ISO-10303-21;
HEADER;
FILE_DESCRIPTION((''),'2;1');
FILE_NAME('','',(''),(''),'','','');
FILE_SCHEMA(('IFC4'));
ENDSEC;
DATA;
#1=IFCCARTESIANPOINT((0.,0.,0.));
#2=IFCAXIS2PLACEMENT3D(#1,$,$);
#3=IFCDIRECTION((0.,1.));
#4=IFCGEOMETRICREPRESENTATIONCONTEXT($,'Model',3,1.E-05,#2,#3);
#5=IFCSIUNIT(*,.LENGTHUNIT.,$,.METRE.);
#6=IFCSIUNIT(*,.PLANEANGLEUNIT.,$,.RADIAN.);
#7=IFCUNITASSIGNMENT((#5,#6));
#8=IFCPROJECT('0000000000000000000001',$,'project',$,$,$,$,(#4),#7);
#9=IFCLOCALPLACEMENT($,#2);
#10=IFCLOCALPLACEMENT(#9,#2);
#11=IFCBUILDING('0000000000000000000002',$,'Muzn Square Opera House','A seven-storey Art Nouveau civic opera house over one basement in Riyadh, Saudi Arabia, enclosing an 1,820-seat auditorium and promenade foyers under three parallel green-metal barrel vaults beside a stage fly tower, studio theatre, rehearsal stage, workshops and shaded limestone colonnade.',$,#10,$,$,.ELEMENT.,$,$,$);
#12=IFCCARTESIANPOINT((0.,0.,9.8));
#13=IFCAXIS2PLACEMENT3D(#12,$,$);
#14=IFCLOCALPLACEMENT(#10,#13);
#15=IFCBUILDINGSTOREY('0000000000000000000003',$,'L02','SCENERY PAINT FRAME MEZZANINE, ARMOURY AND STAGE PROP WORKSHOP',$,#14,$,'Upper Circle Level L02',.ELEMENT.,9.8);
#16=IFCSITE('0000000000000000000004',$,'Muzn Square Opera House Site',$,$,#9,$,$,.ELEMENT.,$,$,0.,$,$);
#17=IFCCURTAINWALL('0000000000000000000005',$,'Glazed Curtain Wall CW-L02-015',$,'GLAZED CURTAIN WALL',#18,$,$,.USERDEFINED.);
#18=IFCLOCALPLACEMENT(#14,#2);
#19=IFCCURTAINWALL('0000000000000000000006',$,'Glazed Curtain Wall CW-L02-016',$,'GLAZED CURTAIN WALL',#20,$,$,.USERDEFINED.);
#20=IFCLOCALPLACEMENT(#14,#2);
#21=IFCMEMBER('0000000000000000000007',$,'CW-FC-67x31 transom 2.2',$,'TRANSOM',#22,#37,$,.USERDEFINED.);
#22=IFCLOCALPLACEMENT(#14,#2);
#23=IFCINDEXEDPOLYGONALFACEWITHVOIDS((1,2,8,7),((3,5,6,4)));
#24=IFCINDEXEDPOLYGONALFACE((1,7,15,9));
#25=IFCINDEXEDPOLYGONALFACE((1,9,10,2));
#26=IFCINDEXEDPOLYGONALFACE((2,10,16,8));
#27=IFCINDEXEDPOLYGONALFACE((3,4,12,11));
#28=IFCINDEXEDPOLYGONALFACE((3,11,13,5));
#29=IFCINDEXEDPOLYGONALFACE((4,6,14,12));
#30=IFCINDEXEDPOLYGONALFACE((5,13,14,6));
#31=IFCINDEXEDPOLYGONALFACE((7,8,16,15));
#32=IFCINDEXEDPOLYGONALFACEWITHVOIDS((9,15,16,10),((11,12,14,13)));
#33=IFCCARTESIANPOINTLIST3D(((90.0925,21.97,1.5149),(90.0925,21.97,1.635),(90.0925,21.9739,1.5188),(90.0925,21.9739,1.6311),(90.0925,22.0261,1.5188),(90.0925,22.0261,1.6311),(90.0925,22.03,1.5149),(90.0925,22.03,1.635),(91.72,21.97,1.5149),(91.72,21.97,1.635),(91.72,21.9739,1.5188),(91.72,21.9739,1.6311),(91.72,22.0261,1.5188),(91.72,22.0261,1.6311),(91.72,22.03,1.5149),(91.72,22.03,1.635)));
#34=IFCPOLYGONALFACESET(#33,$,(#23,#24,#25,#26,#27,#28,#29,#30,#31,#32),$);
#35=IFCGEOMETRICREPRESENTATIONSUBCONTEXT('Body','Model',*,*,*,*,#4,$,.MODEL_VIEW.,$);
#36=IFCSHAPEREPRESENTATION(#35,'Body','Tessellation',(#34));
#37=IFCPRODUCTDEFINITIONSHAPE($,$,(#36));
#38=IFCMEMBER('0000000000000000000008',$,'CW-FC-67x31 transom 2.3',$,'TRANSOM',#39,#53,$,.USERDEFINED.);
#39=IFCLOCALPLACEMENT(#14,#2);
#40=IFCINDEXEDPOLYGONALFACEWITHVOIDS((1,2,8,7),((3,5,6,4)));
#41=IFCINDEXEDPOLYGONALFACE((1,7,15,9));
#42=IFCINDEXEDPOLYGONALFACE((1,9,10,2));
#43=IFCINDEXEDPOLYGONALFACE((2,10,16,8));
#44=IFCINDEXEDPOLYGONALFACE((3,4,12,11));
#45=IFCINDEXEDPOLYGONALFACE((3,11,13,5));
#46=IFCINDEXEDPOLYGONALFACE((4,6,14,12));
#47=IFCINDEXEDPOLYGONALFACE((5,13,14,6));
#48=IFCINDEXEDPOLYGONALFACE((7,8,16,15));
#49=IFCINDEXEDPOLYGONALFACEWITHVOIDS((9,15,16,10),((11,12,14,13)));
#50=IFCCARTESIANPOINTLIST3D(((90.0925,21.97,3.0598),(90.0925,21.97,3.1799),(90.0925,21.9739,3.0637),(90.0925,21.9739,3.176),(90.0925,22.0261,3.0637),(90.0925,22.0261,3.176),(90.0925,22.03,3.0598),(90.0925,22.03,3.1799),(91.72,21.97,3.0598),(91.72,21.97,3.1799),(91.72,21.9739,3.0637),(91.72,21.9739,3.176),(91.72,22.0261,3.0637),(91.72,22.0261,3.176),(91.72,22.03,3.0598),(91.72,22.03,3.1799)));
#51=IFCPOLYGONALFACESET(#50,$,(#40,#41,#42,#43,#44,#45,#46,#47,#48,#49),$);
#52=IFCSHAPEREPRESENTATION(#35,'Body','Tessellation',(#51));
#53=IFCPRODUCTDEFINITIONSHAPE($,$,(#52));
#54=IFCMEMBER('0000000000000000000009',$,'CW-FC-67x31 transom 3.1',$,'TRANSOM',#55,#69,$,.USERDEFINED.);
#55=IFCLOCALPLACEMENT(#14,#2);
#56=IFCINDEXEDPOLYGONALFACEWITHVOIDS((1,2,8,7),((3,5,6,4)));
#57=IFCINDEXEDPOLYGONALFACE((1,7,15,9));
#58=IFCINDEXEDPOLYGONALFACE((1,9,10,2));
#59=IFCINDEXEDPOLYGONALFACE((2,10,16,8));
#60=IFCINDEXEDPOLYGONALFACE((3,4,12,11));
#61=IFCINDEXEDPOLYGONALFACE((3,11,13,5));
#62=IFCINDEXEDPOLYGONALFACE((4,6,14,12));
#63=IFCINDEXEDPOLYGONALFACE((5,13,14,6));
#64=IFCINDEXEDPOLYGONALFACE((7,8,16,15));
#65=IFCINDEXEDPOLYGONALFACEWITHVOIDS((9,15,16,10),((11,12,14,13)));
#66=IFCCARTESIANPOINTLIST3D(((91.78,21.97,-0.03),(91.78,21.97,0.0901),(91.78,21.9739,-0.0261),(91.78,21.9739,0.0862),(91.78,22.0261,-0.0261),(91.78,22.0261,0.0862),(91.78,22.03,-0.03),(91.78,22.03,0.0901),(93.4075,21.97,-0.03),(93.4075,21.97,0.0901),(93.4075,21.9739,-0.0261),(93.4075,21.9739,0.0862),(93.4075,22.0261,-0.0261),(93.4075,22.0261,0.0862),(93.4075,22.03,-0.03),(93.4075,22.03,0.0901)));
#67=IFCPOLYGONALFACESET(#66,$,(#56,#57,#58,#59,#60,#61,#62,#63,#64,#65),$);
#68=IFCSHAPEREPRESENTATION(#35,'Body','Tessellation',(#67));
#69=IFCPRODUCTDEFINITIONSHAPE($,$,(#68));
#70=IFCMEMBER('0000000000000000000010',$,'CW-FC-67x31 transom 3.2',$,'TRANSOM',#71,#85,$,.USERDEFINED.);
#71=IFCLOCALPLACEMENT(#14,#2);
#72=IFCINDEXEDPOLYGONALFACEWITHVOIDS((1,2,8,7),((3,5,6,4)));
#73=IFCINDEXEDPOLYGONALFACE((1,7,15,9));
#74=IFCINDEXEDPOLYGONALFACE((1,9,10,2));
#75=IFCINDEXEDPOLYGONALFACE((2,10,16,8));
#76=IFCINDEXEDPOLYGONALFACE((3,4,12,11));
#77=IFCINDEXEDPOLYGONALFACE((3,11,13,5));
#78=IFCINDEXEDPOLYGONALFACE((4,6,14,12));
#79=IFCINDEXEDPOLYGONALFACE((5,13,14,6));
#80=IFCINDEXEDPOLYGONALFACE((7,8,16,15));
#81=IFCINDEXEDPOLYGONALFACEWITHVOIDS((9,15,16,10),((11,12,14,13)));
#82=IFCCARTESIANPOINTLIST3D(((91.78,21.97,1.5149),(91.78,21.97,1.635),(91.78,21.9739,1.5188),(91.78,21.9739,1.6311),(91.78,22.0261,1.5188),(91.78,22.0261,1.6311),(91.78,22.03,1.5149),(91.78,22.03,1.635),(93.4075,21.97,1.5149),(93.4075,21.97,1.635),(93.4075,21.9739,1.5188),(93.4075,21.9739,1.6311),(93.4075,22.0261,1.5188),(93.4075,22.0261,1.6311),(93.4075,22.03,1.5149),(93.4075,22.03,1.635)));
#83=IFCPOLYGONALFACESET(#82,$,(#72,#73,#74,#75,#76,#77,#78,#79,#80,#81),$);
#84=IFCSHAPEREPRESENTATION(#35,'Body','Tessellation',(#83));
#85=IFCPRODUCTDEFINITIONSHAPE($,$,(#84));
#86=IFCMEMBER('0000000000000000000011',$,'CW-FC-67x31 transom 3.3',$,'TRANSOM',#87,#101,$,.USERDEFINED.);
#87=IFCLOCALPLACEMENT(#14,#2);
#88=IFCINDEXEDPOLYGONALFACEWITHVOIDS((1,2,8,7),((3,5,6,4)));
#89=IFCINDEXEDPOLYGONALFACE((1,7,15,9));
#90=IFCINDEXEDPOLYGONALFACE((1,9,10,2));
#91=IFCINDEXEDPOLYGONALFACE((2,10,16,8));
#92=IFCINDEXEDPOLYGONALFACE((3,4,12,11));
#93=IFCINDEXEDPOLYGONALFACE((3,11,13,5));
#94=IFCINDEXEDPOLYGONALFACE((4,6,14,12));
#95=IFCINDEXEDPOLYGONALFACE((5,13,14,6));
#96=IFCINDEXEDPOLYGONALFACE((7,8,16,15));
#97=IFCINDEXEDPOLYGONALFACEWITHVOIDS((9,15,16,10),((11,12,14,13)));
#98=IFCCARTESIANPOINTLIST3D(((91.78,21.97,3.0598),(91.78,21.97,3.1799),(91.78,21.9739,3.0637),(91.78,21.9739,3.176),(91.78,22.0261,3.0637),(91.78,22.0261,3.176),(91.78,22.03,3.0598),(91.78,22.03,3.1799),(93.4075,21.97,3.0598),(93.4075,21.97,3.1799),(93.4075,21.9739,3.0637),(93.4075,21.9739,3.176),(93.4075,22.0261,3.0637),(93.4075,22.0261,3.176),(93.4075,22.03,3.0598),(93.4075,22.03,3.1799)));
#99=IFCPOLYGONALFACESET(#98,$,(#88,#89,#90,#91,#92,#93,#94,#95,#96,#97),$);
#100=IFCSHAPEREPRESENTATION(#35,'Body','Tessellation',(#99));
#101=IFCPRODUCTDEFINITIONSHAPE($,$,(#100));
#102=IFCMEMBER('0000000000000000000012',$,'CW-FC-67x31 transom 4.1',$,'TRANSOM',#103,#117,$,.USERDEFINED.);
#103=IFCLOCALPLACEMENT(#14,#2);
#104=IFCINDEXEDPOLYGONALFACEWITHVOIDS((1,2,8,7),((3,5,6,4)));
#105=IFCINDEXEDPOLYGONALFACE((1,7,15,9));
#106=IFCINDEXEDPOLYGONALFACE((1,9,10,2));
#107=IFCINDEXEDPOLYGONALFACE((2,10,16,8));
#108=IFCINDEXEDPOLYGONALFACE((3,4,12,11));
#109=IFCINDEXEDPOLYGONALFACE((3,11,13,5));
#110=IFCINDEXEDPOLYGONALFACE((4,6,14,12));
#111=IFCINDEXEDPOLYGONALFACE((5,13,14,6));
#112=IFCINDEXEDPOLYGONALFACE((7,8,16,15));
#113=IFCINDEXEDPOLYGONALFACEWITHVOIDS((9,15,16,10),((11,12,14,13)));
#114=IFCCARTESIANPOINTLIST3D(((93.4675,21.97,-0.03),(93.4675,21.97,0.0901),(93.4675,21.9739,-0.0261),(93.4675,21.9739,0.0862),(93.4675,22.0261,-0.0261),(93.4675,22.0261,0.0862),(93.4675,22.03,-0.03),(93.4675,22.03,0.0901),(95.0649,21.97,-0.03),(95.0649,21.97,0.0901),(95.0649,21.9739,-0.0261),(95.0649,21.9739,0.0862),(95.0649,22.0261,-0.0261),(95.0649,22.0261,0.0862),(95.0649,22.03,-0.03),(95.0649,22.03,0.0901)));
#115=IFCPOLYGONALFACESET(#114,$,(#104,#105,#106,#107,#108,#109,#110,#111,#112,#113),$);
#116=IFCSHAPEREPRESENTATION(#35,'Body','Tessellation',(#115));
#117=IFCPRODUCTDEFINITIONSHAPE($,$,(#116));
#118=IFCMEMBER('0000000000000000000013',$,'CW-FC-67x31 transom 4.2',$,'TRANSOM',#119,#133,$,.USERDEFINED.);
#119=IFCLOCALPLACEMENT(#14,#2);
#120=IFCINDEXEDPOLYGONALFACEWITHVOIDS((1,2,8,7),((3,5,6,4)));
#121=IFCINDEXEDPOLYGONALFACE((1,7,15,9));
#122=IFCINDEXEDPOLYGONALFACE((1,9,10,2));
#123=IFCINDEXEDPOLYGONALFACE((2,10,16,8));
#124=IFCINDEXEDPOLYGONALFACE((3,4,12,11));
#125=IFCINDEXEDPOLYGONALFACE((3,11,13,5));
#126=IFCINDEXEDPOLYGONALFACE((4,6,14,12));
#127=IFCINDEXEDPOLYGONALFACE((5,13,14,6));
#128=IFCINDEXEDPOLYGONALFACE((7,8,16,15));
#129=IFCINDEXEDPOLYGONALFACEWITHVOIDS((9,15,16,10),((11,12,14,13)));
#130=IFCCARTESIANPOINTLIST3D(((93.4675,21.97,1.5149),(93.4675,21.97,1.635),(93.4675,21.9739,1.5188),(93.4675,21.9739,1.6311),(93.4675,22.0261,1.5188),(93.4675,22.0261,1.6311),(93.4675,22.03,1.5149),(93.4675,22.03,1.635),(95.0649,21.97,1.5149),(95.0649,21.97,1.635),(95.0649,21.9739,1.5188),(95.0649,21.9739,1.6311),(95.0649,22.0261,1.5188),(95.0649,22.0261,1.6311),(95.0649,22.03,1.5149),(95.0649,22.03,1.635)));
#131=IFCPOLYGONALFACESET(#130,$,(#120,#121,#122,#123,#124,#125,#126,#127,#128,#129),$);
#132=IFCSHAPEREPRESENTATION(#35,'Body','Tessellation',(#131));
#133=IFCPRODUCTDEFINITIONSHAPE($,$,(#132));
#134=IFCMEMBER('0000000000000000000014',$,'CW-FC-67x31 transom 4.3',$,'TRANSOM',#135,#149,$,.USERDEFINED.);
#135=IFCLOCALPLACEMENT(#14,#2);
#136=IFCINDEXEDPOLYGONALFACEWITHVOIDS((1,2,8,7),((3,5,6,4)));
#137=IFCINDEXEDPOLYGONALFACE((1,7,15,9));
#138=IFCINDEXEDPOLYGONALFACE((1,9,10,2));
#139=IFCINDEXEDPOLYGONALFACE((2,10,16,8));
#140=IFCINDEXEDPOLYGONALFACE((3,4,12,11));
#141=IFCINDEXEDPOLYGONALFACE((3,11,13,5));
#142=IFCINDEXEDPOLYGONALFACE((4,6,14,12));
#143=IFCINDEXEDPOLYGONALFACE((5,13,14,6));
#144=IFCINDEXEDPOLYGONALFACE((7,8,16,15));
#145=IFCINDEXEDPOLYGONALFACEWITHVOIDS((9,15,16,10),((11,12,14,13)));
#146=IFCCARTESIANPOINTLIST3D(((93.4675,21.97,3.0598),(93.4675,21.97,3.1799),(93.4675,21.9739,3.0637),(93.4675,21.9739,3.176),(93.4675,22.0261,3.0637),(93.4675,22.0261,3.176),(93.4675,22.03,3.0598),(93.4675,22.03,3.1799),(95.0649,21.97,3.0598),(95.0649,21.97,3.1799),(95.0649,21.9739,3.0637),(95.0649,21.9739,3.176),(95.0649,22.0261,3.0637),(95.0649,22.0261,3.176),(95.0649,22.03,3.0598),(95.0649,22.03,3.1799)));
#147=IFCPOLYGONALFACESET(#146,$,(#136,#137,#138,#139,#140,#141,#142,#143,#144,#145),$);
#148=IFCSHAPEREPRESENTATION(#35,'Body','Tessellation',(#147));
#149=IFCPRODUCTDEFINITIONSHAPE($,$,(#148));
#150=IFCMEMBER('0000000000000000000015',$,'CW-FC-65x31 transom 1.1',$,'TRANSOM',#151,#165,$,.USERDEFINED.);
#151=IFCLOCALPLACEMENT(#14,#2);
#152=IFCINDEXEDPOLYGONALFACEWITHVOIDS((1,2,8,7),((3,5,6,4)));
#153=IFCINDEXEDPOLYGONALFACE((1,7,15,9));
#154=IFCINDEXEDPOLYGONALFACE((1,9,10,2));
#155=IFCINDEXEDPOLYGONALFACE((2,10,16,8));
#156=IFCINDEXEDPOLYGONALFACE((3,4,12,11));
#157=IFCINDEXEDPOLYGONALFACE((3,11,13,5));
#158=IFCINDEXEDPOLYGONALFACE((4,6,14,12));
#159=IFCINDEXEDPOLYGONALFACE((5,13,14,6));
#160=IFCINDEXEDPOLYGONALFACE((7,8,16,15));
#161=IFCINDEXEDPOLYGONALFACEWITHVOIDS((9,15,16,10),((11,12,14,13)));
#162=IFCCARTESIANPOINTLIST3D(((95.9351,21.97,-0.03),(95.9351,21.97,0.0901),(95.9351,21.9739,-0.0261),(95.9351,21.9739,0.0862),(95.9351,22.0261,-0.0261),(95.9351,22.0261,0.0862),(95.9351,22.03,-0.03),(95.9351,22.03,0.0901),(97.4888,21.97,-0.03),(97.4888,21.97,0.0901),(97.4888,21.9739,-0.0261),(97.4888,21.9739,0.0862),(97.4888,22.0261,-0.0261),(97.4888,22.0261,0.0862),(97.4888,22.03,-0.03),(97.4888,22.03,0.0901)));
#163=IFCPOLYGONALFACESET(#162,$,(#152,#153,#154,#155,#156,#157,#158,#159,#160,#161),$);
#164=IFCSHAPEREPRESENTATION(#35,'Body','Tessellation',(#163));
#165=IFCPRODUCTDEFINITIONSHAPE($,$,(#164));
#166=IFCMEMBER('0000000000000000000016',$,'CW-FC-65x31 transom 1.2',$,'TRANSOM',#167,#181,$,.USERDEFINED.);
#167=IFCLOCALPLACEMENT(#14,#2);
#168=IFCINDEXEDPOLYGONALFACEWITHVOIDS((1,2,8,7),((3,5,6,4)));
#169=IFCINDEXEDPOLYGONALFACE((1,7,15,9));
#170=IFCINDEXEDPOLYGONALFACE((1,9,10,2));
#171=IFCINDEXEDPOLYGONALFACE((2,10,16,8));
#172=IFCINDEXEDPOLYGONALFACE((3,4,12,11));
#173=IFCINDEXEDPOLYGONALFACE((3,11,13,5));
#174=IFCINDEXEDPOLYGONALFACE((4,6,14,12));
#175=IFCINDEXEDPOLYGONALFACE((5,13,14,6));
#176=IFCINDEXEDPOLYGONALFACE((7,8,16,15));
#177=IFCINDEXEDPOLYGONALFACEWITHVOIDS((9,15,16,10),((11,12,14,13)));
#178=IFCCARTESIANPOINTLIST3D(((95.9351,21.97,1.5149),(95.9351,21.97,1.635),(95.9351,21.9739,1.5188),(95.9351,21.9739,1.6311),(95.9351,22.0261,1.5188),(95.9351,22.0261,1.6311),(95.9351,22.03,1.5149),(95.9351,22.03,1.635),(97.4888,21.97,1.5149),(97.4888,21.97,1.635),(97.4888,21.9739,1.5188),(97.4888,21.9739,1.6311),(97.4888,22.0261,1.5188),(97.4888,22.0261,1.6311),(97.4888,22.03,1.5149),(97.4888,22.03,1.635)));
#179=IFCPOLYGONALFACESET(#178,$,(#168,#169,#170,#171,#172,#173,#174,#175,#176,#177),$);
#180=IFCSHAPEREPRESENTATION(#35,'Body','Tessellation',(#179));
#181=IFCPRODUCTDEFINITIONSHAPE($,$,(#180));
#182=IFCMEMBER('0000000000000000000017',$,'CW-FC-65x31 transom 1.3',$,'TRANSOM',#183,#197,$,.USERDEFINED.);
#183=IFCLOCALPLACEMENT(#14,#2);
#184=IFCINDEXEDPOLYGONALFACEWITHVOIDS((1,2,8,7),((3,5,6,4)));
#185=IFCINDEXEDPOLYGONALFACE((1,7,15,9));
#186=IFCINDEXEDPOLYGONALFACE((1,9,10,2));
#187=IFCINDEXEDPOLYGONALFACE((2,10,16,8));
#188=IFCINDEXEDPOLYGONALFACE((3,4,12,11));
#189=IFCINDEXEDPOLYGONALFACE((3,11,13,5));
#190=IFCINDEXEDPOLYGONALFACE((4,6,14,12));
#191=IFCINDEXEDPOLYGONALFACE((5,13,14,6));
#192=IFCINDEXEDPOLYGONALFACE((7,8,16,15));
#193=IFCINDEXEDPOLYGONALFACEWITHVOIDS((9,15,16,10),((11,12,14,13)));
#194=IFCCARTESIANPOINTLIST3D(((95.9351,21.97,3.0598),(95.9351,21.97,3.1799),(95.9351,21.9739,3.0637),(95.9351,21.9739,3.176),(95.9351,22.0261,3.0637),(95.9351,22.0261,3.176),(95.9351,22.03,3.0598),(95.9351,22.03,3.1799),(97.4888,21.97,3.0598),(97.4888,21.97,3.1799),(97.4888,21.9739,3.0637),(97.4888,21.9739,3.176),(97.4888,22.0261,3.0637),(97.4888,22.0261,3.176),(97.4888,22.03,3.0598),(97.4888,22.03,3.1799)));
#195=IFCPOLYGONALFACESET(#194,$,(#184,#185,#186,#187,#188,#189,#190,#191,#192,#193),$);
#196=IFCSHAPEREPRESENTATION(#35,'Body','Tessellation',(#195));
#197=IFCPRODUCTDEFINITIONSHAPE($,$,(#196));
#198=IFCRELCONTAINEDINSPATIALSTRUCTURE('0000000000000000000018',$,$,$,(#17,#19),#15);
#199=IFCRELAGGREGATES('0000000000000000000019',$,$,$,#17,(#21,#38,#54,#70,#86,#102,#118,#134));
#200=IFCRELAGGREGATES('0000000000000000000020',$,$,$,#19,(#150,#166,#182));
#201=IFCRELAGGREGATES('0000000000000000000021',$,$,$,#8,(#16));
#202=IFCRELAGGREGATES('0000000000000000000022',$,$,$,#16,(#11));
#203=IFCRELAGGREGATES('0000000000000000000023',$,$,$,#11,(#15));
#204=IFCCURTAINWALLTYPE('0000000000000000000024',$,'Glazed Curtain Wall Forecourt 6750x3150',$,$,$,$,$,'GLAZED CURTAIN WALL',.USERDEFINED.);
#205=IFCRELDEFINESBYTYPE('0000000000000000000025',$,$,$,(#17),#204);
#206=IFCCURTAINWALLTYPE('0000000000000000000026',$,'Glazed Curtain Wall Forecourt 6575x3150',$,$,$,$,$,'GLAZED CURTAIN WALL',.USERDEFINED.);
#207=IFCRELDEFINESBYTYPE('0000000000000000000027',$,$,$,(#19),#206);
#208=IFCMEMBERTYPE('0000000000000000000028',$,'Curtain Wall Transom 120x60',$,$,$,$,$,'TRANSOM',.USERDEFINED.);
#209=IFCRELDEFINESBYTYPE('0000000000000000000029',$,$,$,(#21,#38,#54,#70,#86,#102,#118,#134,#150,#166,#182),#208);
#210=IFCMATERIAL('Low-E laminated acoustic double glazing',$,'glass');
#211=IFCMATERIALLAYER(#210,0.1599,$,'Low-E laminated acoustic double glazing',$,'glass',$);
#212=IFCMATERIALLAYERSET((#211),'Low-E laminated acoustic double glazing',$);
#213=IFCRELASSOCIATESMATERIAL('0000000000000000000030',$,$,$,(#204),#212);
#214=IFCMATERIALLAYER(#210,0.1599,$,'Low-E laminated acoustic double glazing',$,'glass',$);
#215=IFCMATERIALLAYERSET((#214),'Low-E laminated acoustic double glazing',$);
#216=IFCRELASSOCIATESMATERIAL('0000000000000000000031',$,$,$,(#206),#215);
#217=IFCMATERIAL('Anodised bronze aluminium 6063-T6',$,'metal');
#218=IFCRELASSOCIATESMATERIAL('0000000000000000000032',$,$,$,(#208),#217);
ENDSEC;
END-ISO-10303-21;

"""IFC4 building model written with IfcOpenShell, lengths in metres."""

from ifc_helpers import new_model, si_unit, direction, frame, origin, origin_2d, place, context, subcontext, project, spatial, hollow_rectangle, extrude, material, layer, layer_set, material_profile, profile_set, type_object, element, aggregate, save


model = new_model("IFC4")

# Units and contexts
model_context = context("Model", 3, precision=1e-05, world=origin(), true_north=direction((0.0, 1.0)))
body_context = subcontext(model_context, "Body", "Model", "MODEL_VIEW")
ifc_project = project(units=[si_unit("LENGTHUNIT", "METRE"), si_unit("PLANEANGLEUNIT", "RADIAN")], contexts=[model_context])

# Site, building, storey
site_placement = place(None, origin())
site = spatial("IfcSite", under=ifc_project, at=site_placement, Name="Muzn Square Opera House Site", CompositionType="ELEMENT", RefElevation=0.0)
building_placement = place(site_placement, origin())
building = spatial("IfcBuilding", under=site, at=building_placement, Name="Muzn Square Opera House", Description="A seven-storey Art Nouveau civic opera house over one basement in Riyadh, Saudi Arabia, enclosing an 1,820-seat auditorium and promenade foyers under three parallel green-metal barrel vaults beside a stage fly tower, studio theatre, rehearsal stage, workshops and shaded limestone colonnade.", CompositionType="ELEMENT")
storey_placement = place(building_placement, frame((0.0, 0.0, 9.8)))
storey = spatial("IfcBuildingStorey", under=building, at=storey_placement, Name="L02", Description="SCENERY PAINT FRAME MEZZANINE, ARMOURY AND STAGE PROP WORKSHOP", LongName="Upper Circle Level L02", CompositionType="ELEMENT", Elevation=9.8)

# Curtain walls
ifc_material_1 = material(Name="Low-E laminated acoustic double glazing", Category="glass")
ifc_layer_1 = layer(ifc_material_1, 0.1599, Name="Low-E laminated acoustic double glazing", Category="glass")
ifc_layer_set_1 = layer_set([ifc_layer_1], Name="Low-E laminated acoustic double glazing")
curtain_wall_type_1 = type_object("IfcCurtainWallType", Name="Glazed Curtain Wall Forecourt 6750x3150", ElementType="GLAZED CURTAIN WALL", PredefinedType="USERDEFINED", material=ifc_layer_set_1)
curtain_wall_1_placement = place(storey_placement, origin())
curtain_wall_1 = element("IfcCurtainWall", 1, at=curtain_wall_1_placement, inside=storey, type_object=curtain_wall_type_1, Name="Glazed Curtain Wall CW-L02-015", ObjectType="GLAZED CURTAIN WALL", PredefinedType="USERDEFINED")
ifc_material_2 = material(Name="Anodised bronze aluminium 6063-T6", Category="metal")
ifc_layer_2 = layer(ifc_material_1, 0.1599, Name="Low-E laminated acoustic double glazing", Category="glass")
ifc_layer_set_2 = layer_set([ifc_layer_2], Name="Low-E laminated acoustic double glazing")
curtain_wall_type_2 = type_object("IfcCurtainWallType", Name="Glazed Curtain Wall Forecourt 6575x3150", ElementType="GLAZED CURTAIN WALL", PredefinedType="USERDEFINED", material=ifc_layer_set_2)
curtain_wall_2_placement = place(storey_placement, origin())
curtain_wall_2 = element("IfcCurtainWall", 2, at=curtain_wall_2_placement, inside=storey, type_object=curtain_wall_type_2, Name="Glazed Curtain Wall CW-L02-016", ObjectType="GLAZED CURTAIN WALL", PredefinedType="USERDEFINED")

# Members
ifc_material_profile_1 = material_profile(ifc_material_2, hollow_rectangle(XDim=0.0601, YDim=0.1201, WallThickness=0.0039, at=origin_2d()), Name="ALU 120x60x4", Category="metal")
ifc_profile_set_1 = profile_set([ifc_material_profile_1], Name="Anodised bronze aluminium 6063-T6")
member_type_1 = type_object("IfcMemberType", Name="Curtain Wall Transom 120x60", ElementType="TRANSOM", PredefinedType="USERDEFINED", material=ifc_profile_set_1)
member_1_placement = place(storey_placement, frame((90.0925, 22.0, 1.575), z_axis=(1.0, 0.0, 0.0), x_axis=(0.0, 1.0, 0.0)))
member_1 = element("IfcMember", 3, at=member_1_placement, type_object=member_type_1, Name="CW-FC-67x31 transom 2.2", ObjectType="TRANSOM", PredefinedType="USERDEFINED", context=body_context, shape_type="SweptSolid", body=[
    extrude(hollow_rectangle(XDim=0.0601, YDim=0.1201, WallThickness=0.0039, at=origin_2d()), origin(), (0.0, 0.0, 1.0), 1.6274),
])
member_2_placement = place(storey_placement, frame((90.0925, 22.0, 3.1199), z_axis=(1.0, 0.0, 0.0), x_axis=(0.0, 1.0, 0.0)))
member_2 = element("IfcMember", 4, at=member_2_placement, type_object=member_type_1, Name="CW-FC-67x31 transom 2.3", ObjectType="TRANSOM", PredefinedType="USERDEFINED", context=body_context, shape_type="SweptSolid", body=[
    extrude(hollow_rectangle(XDim=0.0601, YDim=0.1201, WallThickness=0.0039, at=origin_2d()), origin(), (0.0, 0.0, 1.0), 1.6274),
])
member_3_placement = place(storey_placement, frame((91.78, 22.0, 0.03), z_axis=(1.0, 0.0, 0.0), x_axis=(0.0, 1.0, 0.0)))
member_3 = element("IfcMember", 5, at=member_3_placement, type_object=member_type_1, Name="CW-FC-67x31 transom 3.1", ObjectType="TRANSOM", PredefinedType="USERDEFINED", context=body_context, shape_type="SweptSolid", body=[
    extrude(hollow_rectangle(XDim=0.0601, YDim=0.1201, WallThickness=0.0039, at=origin_2d()), origin(), (0.0, 0.0, 1.0), 1.6274),
])
member_4_placement = place(storey_placement, frame((91.78, 22.0, 1.575), z_axis=(1.0, 0.0, 0.0), x_axis=(0.0, 1.0, 0.0)))
member_4 = element("IfcMember", 6, at=member_4_placement, type_object=member_type_1, Name="CW-FC-67x31 transom 3.2", ObjectType="TRANSOM", PredefinedType="USERDEFINED", context=body_context, shape_type="SweptSolid", body=[
    extrude(hollow_rectangle(XDim=0.0601, YDim=0.1201, WallThickness=0.0039, at=origin_2d()), origin(), (0.0, 0.0, 1.0), 1.6274),
])
member_5_placement = place(storey_placement, frame((91.78, 22.0, 3.1199), z_axis=(1.0, 0.0, 0.0), x_axis=(0.0, 1.0, 0.0)))
member_5 = element("IfcMember", 7, at=member_5_placement, type_object=member_type_1, Name="CW-FC-67x31 transom 3.3", ObjectType="TRANSOM", PredefinedType="USERDEFINED", context=body_context, shape_type="SweptSolid", body=[
    extrude(hollow_rectangle(XDim=0.0601, YDim=0.1201, WallThickness=0.0039, at=origin_2d()), origin(), (0.0, 0.0, 1.0), 1.6274),
])
member_6_placement = place(storey_placement, frame((93.4675, 22.0, 0.03), z_axis=(1.0, 0.0, 0.0), x_axis=(0.0, 1.0, 0.0)))
member_6 = element("IfcMember", 8, at=member_6_placement, type_object=member_type_1, Name="CW-FC-67x31 transom 4.1", ObjectType="TRANSOM", PredefinedType="USERDEFINED", context=body_context, shape_type="SweptSolid", body=[
    extrude(hollow_rectangle(XDim=0.0601, YDim=0.1201, WallThickness=0.0039, at=origin_2d()), origin(), (0.0, 0.0, 1.0), 1.5974),
])
member_7_placement = place(storey_placement, frame((93.4675, 22.0, 1.575), z_axis=(1.0, 0.0, 0.0), x_axis=(0.0, 1.0, 0.0)))
member_7 = element("IfcMember", 9, at=member_7_placement, type_object=member_type_1, Name="CW-FC-67x31 transom 4.2", ObjectType="TRANSOM", PredefinedType="USERDEFINED", context=body_context, shape_type="SweptSolid", body=[
    extrude(hollow_rectangle(XDim=0.0601, YDim=0.1201, WallThickness=0.0039, at=origin_2d()), origin(), (0.0, 0.0, 1.0), 1.5974),
])
member_8_placement = place(storey_placement, frame((93.4675, 22.0, 3.1199), z_axis=(1.0, 0.0, 0.0), x_axis=(0.0, 1.0, 0.0)))
member_8 = element("IfcMember", 10, at=member_8_placement, type_object=member_type_1, Name="CW-FC-67x31 transom 4.3", ObjectType="TRANSOM", PredefinedType="USERDEFINED", context=body_context, shape_type="SweptSolid", body=[
    extrude(hollow_rectangle(XDim=0.0601, YDim=0.1201, WallThickness=0.0039, at=origin_2d()), origin(), (0.0, 0.0, 1.0), 1.5974),
])
member_9_placement = place(storey_placement, frame((95.9351, 22.0, 0.03), z_axis=(1.0, 0.0, 0.0), x_axis=(0.0, 1.0, 0.0)))
member_9 = element("IfcMember", 11, at=member_9_placement, type_object=member_type_1, Name="CW-FC-65x31 transom 1.1", ObjectType="TRANSOM", PredefinedType="USERDEFINED", context=body_context, shape_type="SweptSolid", body=[
    extrude(hollow_rectangle(XDim=0.0601, YDim=0.1201, WallThickness=0.0039, at=origin_2d()), origin(), (0.0, 0.0, 1.0), 1.5537),
])
member_10_placement = place(storey_placement, frame((95.9351, 22.0, 1.575), z_axis=(1.0, 0.0, 0.0), x_axis=(0.0, 1.0, 0.0)))
member_10 = element("IfcMember", 12, at=member_10_placement, type_object=member_type_1, Name="CW-FC-65x31 transom 1.2", ObjectType="TRANSOM", PredefinedType="USERDEFINED", context=body_context, shape_type="SweptSolid", body=[
    extrude(hollow_rectangle(XDim=0.0601, YDim=0.1201, WallThickness=0.0039, at=origin_2d()), origin(), (0.0, 0.0, 1.0), 1.5537),
])
member_11_placement = place(storey_placement, frame((95.9351, 22.0, 3.1199), z_axis=(1.0, 0.0, 0.0), x_axis=(0.0, 1.0, 0.0)))
member_11 = element("IfcMember", 13, at=member_11_placement, type_object=member_type_1, Name="CW-FC-65x31 transom 1.3", ObjectType="TRANSOM", PredefinedType="USERDEFINED", context=body_context, shape_type="SweptSolid", body=[
    extrude(hollow_rectangle(XDim=0.0601, YDim=0.1201, WallThickness=0.0039, at=origin_2d()), origin(), (0.0, 0.0, 1.0), 1.5537),
])

aggregate(curtain_wall_1, [member_1, member_2, member_3, member_4, member_5, member_6, member_7, member_8])
aggregate(curtain_wall_2, [member_9, member_10, member_11])

save(model, "model.ifc")
